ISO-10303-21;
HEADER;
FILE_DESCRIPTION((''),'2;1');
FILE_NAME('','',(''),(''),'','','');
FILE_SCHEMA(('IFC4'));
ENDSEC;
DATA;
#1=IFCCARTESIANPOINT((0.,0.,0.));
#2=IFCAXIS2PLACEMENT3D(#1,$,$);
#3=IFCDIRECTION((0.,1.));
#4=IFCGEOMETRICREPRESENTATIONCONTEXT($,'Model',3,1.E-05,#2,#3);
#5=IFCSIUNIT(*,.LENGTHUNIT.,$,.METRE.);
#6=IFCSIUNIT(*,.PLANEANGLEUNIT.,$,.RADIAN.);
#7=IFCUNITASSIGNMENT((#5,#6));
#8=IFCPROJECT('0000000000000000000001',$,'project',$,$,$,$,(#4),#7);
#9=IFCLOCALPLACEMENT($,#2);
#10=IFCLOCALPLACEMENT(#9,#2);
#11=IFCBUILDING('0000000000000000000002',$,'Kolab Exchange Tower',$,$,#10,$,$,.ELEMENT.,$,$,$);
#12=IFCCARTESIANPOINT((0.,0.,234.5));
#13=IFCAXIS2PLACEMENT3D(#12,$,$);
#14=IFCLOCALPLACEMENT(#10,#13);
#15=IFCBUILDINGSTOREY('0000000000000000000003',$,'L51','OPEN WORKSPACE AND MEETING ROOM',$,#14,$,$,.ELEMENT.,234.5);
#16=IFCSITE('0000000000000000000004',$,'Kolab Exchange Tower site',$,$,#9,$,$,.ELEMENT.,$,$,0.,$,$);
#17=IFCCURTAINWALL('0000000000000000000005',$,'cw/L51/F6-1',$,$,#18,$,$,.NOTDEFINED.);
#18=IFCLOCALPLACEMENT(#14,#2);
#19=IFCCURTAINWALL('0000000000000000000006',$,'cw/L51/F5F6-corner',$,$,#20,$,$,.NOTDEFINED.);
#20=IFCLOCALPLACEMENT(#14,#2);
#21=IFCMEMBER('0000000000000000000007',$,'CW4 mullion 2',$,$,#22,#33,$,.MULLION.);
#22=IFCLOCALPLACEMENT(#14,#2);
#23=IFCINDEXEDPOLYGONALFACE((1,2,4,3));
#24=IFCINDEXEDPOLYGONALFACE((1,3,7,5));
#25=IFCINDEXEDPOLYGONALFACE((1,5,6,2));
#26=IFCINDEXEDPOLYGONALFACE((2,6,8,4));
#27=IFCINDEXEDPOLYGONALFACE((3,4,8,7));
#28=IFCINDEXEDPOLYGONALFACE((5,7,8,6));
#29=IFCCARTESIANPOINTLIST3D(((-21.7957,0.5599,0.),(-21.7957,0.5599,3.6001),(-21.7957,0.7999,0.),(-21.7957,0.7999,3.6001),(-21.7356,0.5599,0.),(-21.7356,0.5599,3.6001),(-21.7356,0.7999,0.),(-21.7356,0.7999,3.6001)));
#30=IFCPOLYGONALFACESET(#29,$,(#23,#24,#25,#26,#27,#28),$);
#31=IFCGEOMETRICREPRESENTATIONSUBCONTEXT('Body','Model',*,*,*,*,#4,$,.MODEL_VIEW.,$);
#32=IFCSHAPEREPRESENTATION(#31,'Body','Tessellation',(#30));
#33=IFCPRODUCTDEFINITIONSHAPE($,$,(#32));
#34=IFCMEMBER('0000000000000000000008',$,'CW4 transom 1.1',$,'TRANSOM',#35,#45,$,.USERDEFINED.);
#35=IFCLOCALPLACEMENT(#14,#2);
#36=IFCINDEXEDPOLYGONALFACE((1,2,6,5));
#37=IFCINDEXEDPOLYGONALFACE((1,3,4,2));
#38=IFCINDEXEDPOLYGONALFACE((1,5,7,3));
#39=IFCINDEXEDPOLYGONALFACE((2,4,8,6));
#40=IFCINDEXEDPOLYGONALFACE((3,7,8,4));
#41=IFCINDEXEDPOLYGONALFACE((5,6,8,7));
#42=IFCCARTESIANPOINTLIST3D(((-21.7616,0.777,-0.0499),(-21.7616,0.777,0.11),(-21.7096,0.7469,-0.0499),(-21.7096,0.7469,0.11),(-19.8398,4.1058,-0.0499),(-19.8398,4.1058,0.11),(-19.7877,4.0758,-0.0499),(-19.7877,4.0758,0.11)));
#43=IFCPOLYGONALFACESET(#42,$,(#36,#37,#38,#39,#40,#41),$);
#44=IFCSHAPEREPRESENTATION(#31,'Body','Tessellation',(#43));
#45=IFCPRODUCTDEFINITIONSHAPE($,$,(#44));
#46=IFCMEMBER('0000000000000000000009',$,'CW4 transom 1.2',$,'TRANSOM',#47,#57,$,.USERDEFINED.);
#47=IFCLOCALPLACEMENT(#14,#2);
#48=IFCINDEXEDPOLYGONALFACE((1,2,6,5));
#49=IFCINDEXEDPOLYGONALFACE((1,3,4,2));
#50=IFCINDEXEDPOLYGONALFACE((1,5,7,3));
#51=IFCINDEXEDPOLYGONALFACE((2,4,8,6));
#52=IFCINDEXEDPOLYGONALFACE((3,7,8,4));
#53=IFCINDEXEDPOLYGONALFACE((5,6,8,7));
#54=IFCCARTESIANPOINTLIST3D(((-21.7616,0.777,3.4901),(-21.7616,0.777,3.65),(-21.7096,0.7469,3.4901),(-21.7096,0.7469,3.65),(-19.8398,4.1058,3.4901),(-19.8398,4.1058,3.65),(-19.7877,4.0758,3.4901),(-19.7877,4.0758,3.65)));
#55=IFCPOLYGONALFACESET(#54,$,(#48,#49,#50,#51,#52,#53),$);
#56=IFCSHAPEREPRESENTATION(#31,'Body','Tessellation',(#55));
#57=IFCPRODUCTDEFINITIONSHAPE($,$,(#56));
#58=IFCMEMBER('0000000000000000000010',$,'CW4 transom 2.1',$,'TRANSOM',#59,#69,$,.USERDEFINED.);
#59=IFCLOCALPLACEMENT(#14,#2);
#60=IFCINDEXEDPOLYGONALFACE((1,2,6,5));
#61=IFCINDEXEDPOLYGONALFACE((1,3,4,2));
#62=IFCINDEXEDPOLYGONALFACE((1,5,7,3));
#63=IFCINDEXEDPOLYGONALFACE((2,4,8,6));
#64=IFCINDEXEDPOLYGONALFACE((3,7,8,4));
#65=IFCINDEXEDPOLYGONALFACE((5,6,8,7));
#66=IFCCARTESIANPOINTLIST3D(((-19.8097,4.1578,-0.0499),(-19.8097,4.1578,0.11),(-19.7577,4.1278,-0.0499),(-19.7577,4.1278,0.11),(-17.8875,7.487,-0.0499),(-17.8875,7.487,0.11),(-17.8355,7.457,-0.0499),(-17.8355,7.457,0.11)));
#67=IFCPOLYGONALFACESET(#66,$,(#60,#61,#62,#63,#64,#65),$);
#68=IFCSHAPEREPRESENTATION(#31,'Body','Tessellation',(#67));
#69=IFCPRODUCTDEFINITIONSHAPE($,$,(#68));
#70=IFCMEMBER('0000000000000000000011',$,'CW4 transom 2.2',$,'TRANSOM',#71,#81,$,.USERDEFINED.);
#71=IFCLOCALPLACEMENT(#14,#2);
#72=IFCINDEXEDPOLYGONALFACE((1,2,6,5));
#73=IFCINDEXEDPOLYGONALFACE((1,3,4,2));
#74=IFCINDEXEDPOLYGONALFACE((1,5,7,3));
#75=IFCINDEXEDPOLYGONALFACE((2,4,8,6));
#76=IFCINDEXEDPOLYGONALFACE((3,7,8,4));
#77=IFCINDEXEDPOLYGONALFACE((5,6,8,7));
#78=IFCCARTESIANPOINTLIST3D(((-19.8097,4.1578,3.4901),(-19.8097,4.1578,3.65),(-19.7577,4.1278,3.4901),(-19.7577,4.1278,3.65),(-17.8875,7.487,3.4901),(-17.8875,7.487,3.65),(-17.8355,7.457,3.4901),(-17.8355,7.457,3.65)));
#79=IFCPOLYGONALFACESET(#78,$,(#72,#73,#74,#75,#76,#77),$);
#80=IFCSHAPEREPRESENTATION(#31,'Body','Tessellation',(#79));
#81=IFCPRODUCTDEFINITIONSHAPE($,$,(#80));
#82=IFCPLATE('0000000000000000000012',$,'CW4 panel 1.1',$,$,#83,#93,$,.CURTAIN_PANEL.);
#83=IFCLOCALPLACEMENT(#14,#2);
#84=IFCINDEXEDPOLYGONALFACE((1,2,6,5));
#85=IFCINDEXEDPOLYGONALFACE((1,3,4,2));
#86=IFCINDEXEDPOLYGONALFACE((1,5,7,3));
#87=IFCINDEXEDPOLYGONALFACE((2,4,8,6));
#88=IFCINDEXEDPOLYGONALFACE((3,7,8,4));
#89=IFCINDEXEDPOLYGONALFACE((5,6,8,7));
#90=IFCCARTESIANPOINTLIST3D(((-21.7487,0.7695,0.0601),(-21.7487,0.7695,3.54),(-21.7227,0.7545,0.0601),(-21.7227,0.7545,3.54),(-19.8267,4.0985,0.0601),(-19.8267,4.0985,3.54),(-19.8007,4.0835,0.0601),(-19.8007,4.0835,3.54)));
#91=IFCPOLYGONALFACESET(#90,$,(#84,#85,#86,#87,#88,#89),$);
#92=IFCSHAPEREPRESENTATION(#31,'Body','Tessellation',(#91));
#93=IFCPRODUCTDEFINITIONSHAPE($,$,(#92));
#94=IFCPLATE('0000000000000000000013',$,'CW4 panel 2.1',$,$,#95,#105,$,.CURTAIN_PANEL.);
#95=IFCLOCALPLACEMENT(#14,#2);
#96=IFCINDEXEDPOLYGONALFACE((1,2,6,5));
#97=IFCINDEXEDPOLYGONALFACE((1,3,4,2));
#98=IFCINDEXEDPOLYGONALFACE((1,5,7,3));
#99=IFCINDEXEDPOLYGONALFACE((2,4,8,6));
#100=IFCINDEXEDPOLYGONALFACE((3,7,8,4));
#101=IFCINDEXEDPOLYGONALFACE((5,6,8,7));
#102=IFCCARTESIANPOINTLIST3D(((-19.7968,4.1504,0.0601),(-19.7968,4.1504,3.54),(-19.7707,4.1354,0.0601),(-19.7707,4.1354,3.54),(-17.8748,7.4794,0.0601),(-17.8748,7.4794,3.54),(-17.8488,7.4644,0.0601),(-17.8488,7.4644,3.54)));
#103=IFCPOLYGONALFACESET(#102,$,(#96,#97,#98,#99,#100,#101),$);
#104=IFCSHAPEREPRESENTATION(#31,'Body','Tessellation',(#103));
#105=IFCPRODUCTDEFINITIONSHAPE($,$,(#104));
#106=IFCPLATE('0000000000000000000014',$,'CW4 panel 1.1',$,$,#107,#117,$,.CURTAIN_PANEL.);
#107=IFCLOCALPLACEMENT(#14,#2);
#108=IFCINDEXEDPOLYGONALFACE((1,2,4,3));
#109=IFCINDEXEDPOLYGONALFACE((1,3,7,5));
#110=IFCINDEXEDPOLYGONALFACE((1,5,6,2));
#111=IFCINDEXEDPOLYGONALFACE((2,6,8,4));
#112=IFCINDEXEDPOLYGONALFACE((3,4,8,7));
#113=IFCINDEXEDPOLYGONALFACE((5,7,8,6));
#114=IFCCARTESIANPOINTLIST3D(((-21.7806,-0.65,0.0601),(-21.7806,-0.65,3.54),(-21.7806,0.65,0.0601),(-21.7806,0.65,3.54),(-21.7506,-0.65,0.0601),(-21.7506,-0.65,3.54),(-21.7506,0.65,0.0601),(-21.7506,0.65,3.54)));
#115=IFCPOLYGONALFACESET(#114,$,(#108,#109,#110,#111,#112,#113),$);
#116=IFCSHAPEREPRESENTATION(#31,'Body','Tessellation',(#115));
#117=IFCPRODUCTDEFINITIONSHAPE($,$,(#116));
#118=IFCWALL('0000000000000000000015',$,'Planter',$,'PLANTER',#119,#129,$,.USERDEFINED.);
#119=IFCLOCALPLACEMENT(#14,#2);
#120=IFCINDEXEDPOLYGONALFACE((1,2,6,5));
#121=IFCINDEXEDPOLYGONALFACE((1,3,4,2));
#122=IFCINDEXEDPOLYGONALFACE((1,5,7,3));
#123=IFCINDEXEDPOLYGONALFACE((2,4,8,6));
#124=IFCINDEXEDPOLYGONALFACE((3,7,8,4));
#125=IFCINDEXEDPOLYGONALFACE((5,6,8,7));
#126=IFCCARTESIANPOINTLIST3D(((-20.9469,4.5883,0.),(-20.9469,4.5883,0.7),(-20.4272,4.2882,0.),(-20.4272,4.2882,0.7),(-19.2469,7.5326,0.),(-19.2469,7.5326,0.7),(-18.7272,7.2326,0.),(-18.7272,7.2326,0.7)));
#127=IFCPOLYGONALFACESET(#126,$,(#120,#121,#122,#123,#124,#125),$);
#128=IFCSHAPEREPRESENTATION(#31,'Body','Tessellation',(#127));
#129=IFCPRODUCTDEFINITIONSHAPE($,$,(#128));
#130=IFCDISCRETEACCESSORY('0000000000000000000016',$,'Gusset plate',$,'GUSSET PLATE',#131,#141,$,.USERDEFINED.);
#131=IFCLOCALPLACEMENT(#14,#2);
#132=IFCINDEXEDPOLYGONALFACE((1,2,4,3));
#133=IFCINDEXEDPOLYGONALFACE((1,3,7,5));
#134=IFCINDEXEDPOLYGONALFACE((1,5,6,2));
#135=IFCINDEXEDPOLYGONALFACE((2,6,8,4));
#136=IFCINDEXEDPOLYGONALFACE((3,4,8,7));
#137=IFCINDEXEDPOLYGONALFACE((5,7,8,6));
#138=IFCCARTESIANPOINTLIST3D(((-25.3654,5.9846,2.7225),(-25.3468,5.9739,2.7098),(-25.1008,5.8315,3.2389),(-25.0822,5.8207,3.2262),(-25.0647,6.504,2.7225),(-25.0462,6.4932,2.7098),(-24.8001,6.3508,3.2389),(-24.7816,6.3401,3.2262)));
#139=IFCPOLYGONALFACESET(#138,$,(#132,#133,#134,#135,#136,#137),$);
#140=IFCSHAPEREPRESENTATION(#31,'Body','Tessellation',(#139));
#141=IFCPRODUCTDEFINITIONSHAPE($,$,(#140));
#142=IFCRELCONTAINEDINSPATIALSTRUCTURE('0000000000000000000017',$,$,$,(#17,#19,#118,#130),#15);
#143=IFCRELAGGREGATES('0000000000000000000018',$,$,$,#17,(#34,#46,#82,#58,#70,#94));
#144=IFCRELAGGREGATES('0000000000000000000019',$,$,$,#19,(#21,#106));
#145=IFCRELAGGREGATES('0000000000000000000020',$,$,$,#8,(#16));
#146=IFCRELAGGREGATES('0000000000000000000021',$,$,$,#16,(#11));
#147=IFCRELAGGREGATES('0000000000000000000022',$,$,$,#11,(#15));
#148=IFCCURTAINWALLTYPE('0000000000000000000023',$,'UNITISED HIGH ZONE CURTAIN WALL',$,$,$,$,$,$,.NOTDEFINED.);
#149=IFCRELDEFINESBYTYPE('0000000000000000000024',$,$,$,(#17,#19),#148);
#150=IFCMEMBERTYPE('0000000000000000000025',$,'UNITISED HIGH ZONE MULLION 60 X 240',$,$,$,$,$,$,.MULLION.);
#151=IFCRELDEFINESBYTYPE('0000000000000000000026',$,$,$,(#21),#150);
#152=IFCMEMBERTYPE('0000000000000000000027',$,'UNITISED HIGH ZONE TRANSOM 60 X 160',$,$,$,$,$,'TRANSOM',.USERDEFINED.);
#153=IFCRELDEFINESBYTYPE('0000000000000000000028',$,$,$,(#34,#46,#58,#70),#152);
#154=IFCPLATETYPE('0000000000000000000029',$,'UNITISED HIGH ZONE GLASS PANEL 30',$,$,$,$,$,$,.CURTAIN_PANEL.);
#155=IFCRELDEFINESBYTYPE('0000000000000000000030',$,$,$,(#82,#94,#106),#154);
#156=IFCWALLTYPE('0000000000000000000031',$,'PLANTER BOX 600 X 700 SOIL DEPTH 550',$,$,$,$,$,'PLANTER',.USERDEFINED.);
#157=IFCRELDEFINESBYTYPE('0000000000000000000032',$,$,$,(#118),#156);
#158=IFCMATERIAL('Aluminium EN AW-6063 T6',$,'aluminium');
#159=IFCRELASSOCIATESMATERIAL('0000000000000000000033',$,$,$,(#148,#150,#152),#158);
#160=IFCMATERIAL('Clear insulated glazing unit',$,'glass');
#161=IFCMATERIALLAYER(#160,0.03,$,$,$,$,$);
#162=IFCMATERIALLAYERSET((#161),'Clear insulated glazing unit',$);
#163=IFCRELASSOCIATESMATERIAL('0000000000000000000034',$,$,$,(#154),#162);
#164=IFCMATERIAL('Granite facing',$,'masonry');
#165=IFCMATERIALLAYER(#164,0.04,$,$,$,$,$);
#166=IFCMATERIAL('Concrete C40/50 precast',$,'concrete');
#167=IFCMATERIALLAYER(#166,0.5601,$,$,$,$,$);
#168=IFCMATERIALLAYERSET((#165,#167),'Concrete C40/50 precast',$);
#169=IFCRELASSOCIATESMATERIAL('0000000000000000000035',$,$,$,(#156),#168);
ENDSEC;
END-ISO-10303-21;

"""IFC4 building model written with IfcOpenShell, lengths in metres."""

from ifc_helpers import new_model, si_unit, direction, frame, frame_2d, origin, origin_2d, place, context, subcontext, project, spatial, rectangle, extrude, material, layer, layer_set, material_profile, profile_set, type_object, element, aggregate, save


model = new_model("IFC4")

# Units and contexts
model_context = context("Model", 3, precision=1e-05, world=origin(), true_north=direction((0.0, 1.0)))
body_context = subcontext(model_context, "Body", "Model", "MODEL_VIEW")
ifc_project = project(units=[si_unit("LENGTHUNIT", "METRE"), si_unit("PLANEANGLEUNIT", "RADIAN")], contexts=[model_context])

# Site, building, storey
site_placement = place(None, origin())
site = spatial("IfcSite", under=ifc_project, at=site_placement, Name="Kolab Exchange Tower site", CompositionType="ELEMENT", RefElevation=0.0)
building_placement = place(site_placement, origin())
building = spatial("IfcBuilding", under=site, at=building_placement, Name="Kolab Exchange Tower", CompositionType="ELEMENT")
storey_placement = place(building_placement, frame((0.0, 0.0, 234.5)))
storey = spatial("IfcBuildingStorey", under=building, at=storey_placement, Name="L51", Description="OPEN WORKSPACE AND MEETING ROOM", CompositionType="ELEMENT", Elevation=234.5)

# Curtain wall
ifc_material_1 = material(Name="Aluminium EN AW-6063 T6", Category="aluminium")
curtain_wall_type = type_object("IfcCurtainWallType", Name="UNITISED HIGH ZONE CURTAIN WALL", PredefinedType="NOTDEFINED", material=ifc_material_1)
curtain_wall_1_placement = place(storey_placement, origin())
curtain_wall_1 = element("IfcCurtainWall", 1, at=curtain_wall_1_placement, inside=storey, type_object=curtain_wall_type, Name="cw/L51/F6-1", PredefinedType="NOTDEFINED")
ifc_material_profile_1 = material_profile(ifc_material_1, rectangle(XDim=0.0601, YDim=0.24, at=origin_2d()), Name="RECT 60X240")
ifc_profile_set_1 = profile_set([ifc_material_profile_1], Name="Aluminium EN AW-6063 T6")
member_type_1 = type_object("IfcMemberType", Name="UNITISED HIGH ZONE MULLION 60 X 240", PredefinedType="MULLION", material=ifc_profile_set_1)

# Curtain wall, member
curtain_wall_2_placement = place(storey_placement, origin())
curtain_wall_2 = element("IfcCurtainWall", 2, at=curtain_wall_2_placement, inside=storey, type_object=curtain_wall_type, Name="cw/L51/F5F6-corner", PredefinedType="NOTDEFINED")
member_1_placement = place(storey_placement, frame((-21.7656, 0.6799, 0.0), z_axis=(0.0, 0.0, 1.0), x_axis=(-1.0, 0.0, 0.0)))
member_1 = element("IfcMember", 3, at=member_1_placement, type_object=member_type_1, Name="CW4 mullion 2", PredefinedType="MULLION", context=body_context, shape_type="SweptSolid", body=[
    extrude(rectangle(XDim=0.0601, YDim=0.24, at=origin_2d()), origin(), (0.0, 0.0, 1.0), 3.6001),
])

# Members
ifc_material_profile_2 = material_profile(ifc_material_1, rectangle(XDim=0.0601, YDim=0.1599, at=origin_2d()), Name="RECT 60X160")
ifc_profile_set_2 = profile_set([ifc_material_profile_2], Name="Aluminium EN AW-6063 T6")
member_type_2 = type_object("IfcMemberType", Name="UNITISED HIGH ZONE TRANSOM 60 X 160", ElementType="TRANSOM", PredefinedType="USERDEFINED", material=ifc_profile_set_2)
member_2_placement = place(storey_placement, frame((-21.7356, 0.762, 0.03), z_axis=(0.499992, 0.86603, 0.0), x_axis=(-0.86603, 0.499992, 0.0)))
member_2 = element("IfcMember", 4, at=member_2_placement, type_object=member_type_2, Name="CW4 transom 1.1", ObjectType="TRANSOM", PredefinedType="USERDEFINED", context=body_context, shape_type="SweptSolid", body=[
    extrude(rectangle(XDim=0.0601, YDim=0.1599, at=origin_2d()), origin(), (0.0, 0.0, 1.0), 3.8438),
])
member_3_placement = place(storey_placement, frame((-21.7356, 0.762, 3.5701), z_axis=(0.499992, 0.86603, 0.0), x_axis=(-0.86603, 0.499992, 0.0)))
member_3 = element("IfcMember", 5, at=member_3_placement, type_object=member_type_2, Name="CW4 transom 1.2", ObjectType="TRANSOM", PredefinedType="USERDEFINED", context=body_context, shape_type="SweptSolid", body=[
    extrude(rectangle(XDim=0.0601, YDim=0.1599, at=origin_2d()), origin(), (0.0, 0.0, 1.0), 3.8438),
])
member_4_placement = place(storey_placement, frame((-19.7837, 4.1428, 0.03), z_axis=(0.500012, 0.866018, 0.0), x_axis=(-0.866018, 0.500012, 0.0)))
member_4 = element("IfcMember", 6, at=member_4_placement, type_object=member_type_2, Name="CW4 transom 2.1", ObjectType="TRANSOM", PredefinedType="USERDEFINED", context=body_context, shape_type="SweptSolid", body=[
    extrude(rectangle(XDim=0.0601, YDim=0.1599, at=origin_2d()), origin(), (0.0, 0.0, 1.0), 3.8442),
])
member_5_placement = place(storey_placement, frame((-19.7837, 4.1428, 3.5701), z_axis=(0.500012, 0.866018, 0.0), x_axis=(-0.866018, 0.500012, 0.0)))
member_5 = element("IfcMember", 7, at=member_5_placement, type_object=member_type_2, Name="CW4 transom 2.2", ObjectType="TRANSOM", PredefinedType="USERDEFINED", context=body_context, shape_type="SweptSolid", body=[
    extrude(rectangle(XDim=0.0601, YDim=0.1599, at=origin_2d()), origin(), (0.0, 0.0, 1.0), 3.8442),
])

# Plates
ifc_material_2 = material(Name="Clear insulated glazing unit", Category="glass")
ifc_layer_1 = layer(ifc_material_2, 0.03)
ifc_layer_set_1 = layer_set([ifc_layer_1], Name="Clear insulated glazing unit")
plate_type = type_object("IfcPlateType", Name="UNITISED HIGH ZONE GLASS PANEL 30", PredefinedType="CURTAIN_PANEL", material=ifc_layer_set_1)
plate_1_placement = place(storey_placement, frame((-20.7747, 2.4265, 0.0601), z_axis=(0.0, 0.0, 1.0), x_axis=(0.5, 0.866025, 0.0)))
plate_1 = element("IfcPlate", 8, at=plate_1_placement, type_object=plate_type, Name="CW4 panel 1.1", PredefinedType="CURTAIN_PANEL", context=body_context, shape_type="SweptSolid", body=[
    extrude(rectangle(XDim=3.844, YDim=0.03, at=origin_2d()), origin(), (0.0, 0.0, 1.0), 3.48),
])
plate_2_placement = place(storey_placement, frame((-18.8228, 5.8074, 0.0601), z_axis=(0.0, 0.0, 1.0), x_axis=(0.5, 0.866025, 0.0)))
plate_2 = element("IfcPlate", 9, at=plate_2_placement, type_object=plate_type, Name="CW4 panel 2.1", PredefinedType="CURTAIN_PANEL", context=body_context, shape_type="SweptSolid", body=[
    extrude(rectangle(XDim=3.844, YDim=0.03, at=origin_2d()), origin(), (0.0, 0.0, 1.0), 3.48),
])
aggregate(curtain_wall_1, [member_2, member_3, plate_1, member_4, member_5, plate_2])
plate_3_placement = place(storey_placement, frame((-21.7656, 0.0, 0.0601), z_axis=(0.0, 0.0, 1.0), x_axis=(0.0, 1.0, 0.0)))
plate_3 = element("IfcPlate", 10, at=plate_3_placement, type_object=plate_type, Name="CW4 panel 1.1", PredefinedType="CURTAIN_PANEL", context=body_context, shape_type="SweptSolid", body=[
    extrude(rectangle(XDim=1.3, YDim=0.03, at=origin_2d()), origin(), (0.0, 0.0, 1.0), 3.48),
])
aggregate(curtain_wall_2, [member_1, plate_3])

# Wall
ifc_material_3 = material(Name="Granite facing", Category="masonry")
ifc_layer_2 = layer(ifc_material_3, 0.04)
ifc_material_4 = material(Name="Concrete C40/50 precast", Category="concrete")
ifc_layer_3 = layer(ifc_material_4, 0.5601)
ifc_layer_set_2 = layer_set([ifc_layer_2, ifc_layer_3], Name="Concrete C40/50 precast")
wall_type_1 = type_object("IfcWallType", Name="PLANTER BOX 600 X 700 SOIL DEPTH 550", ElementType="PLANTER", PredefinedType="USERDEFINED", material=ifc_layer_set_2)
wall_1_placement = place(storey_placement, frame((-20.687, 4.4382, 0.0), z_axis=(0.0, 0.0, 1.0), x_axis=(0.500008, 0.866021, 0.0)))
element("IfcWall", 11, at=wall_1_placement, inside=storey, type_object=wall_type_1, Name="Planter", ObjectType="PLANTER", PredefinedType="USERDEFINED", context=body_context, shape_type="SweptSolid", body=[
    extrude(rectangle(XDim=3.3999, YDim=0.6001, at=frame_2d((1.7, 0.0))), origin(), (0.0, 0.0, 1.0), 0.7),
])

# Discrete accessory
discrete_accessory_placement = place(storey_placement, frame((-25.0642, 6.157, 2.968), z_axis=(-0.744669, 0.431124, 0.50951), x_axis=(-0.501036, -0.865426, 0.0)))
element("IfcDiscreteAccessory", 12, at=discrete_accessory_placement, inside=storey, Name="Gusset plate", ObjectType="GUSSET PLATE", PredefinedType="USERDEFINED", context=body_context, shape_type="SweptSolid", body=[
    extrude(rectangle(XDim=0.6001, YDim=0.6001, at=origin_2d()), origin(), (0.0, 0.0, 1.0), 0.0249),
])

save(model, "model.ifc")
